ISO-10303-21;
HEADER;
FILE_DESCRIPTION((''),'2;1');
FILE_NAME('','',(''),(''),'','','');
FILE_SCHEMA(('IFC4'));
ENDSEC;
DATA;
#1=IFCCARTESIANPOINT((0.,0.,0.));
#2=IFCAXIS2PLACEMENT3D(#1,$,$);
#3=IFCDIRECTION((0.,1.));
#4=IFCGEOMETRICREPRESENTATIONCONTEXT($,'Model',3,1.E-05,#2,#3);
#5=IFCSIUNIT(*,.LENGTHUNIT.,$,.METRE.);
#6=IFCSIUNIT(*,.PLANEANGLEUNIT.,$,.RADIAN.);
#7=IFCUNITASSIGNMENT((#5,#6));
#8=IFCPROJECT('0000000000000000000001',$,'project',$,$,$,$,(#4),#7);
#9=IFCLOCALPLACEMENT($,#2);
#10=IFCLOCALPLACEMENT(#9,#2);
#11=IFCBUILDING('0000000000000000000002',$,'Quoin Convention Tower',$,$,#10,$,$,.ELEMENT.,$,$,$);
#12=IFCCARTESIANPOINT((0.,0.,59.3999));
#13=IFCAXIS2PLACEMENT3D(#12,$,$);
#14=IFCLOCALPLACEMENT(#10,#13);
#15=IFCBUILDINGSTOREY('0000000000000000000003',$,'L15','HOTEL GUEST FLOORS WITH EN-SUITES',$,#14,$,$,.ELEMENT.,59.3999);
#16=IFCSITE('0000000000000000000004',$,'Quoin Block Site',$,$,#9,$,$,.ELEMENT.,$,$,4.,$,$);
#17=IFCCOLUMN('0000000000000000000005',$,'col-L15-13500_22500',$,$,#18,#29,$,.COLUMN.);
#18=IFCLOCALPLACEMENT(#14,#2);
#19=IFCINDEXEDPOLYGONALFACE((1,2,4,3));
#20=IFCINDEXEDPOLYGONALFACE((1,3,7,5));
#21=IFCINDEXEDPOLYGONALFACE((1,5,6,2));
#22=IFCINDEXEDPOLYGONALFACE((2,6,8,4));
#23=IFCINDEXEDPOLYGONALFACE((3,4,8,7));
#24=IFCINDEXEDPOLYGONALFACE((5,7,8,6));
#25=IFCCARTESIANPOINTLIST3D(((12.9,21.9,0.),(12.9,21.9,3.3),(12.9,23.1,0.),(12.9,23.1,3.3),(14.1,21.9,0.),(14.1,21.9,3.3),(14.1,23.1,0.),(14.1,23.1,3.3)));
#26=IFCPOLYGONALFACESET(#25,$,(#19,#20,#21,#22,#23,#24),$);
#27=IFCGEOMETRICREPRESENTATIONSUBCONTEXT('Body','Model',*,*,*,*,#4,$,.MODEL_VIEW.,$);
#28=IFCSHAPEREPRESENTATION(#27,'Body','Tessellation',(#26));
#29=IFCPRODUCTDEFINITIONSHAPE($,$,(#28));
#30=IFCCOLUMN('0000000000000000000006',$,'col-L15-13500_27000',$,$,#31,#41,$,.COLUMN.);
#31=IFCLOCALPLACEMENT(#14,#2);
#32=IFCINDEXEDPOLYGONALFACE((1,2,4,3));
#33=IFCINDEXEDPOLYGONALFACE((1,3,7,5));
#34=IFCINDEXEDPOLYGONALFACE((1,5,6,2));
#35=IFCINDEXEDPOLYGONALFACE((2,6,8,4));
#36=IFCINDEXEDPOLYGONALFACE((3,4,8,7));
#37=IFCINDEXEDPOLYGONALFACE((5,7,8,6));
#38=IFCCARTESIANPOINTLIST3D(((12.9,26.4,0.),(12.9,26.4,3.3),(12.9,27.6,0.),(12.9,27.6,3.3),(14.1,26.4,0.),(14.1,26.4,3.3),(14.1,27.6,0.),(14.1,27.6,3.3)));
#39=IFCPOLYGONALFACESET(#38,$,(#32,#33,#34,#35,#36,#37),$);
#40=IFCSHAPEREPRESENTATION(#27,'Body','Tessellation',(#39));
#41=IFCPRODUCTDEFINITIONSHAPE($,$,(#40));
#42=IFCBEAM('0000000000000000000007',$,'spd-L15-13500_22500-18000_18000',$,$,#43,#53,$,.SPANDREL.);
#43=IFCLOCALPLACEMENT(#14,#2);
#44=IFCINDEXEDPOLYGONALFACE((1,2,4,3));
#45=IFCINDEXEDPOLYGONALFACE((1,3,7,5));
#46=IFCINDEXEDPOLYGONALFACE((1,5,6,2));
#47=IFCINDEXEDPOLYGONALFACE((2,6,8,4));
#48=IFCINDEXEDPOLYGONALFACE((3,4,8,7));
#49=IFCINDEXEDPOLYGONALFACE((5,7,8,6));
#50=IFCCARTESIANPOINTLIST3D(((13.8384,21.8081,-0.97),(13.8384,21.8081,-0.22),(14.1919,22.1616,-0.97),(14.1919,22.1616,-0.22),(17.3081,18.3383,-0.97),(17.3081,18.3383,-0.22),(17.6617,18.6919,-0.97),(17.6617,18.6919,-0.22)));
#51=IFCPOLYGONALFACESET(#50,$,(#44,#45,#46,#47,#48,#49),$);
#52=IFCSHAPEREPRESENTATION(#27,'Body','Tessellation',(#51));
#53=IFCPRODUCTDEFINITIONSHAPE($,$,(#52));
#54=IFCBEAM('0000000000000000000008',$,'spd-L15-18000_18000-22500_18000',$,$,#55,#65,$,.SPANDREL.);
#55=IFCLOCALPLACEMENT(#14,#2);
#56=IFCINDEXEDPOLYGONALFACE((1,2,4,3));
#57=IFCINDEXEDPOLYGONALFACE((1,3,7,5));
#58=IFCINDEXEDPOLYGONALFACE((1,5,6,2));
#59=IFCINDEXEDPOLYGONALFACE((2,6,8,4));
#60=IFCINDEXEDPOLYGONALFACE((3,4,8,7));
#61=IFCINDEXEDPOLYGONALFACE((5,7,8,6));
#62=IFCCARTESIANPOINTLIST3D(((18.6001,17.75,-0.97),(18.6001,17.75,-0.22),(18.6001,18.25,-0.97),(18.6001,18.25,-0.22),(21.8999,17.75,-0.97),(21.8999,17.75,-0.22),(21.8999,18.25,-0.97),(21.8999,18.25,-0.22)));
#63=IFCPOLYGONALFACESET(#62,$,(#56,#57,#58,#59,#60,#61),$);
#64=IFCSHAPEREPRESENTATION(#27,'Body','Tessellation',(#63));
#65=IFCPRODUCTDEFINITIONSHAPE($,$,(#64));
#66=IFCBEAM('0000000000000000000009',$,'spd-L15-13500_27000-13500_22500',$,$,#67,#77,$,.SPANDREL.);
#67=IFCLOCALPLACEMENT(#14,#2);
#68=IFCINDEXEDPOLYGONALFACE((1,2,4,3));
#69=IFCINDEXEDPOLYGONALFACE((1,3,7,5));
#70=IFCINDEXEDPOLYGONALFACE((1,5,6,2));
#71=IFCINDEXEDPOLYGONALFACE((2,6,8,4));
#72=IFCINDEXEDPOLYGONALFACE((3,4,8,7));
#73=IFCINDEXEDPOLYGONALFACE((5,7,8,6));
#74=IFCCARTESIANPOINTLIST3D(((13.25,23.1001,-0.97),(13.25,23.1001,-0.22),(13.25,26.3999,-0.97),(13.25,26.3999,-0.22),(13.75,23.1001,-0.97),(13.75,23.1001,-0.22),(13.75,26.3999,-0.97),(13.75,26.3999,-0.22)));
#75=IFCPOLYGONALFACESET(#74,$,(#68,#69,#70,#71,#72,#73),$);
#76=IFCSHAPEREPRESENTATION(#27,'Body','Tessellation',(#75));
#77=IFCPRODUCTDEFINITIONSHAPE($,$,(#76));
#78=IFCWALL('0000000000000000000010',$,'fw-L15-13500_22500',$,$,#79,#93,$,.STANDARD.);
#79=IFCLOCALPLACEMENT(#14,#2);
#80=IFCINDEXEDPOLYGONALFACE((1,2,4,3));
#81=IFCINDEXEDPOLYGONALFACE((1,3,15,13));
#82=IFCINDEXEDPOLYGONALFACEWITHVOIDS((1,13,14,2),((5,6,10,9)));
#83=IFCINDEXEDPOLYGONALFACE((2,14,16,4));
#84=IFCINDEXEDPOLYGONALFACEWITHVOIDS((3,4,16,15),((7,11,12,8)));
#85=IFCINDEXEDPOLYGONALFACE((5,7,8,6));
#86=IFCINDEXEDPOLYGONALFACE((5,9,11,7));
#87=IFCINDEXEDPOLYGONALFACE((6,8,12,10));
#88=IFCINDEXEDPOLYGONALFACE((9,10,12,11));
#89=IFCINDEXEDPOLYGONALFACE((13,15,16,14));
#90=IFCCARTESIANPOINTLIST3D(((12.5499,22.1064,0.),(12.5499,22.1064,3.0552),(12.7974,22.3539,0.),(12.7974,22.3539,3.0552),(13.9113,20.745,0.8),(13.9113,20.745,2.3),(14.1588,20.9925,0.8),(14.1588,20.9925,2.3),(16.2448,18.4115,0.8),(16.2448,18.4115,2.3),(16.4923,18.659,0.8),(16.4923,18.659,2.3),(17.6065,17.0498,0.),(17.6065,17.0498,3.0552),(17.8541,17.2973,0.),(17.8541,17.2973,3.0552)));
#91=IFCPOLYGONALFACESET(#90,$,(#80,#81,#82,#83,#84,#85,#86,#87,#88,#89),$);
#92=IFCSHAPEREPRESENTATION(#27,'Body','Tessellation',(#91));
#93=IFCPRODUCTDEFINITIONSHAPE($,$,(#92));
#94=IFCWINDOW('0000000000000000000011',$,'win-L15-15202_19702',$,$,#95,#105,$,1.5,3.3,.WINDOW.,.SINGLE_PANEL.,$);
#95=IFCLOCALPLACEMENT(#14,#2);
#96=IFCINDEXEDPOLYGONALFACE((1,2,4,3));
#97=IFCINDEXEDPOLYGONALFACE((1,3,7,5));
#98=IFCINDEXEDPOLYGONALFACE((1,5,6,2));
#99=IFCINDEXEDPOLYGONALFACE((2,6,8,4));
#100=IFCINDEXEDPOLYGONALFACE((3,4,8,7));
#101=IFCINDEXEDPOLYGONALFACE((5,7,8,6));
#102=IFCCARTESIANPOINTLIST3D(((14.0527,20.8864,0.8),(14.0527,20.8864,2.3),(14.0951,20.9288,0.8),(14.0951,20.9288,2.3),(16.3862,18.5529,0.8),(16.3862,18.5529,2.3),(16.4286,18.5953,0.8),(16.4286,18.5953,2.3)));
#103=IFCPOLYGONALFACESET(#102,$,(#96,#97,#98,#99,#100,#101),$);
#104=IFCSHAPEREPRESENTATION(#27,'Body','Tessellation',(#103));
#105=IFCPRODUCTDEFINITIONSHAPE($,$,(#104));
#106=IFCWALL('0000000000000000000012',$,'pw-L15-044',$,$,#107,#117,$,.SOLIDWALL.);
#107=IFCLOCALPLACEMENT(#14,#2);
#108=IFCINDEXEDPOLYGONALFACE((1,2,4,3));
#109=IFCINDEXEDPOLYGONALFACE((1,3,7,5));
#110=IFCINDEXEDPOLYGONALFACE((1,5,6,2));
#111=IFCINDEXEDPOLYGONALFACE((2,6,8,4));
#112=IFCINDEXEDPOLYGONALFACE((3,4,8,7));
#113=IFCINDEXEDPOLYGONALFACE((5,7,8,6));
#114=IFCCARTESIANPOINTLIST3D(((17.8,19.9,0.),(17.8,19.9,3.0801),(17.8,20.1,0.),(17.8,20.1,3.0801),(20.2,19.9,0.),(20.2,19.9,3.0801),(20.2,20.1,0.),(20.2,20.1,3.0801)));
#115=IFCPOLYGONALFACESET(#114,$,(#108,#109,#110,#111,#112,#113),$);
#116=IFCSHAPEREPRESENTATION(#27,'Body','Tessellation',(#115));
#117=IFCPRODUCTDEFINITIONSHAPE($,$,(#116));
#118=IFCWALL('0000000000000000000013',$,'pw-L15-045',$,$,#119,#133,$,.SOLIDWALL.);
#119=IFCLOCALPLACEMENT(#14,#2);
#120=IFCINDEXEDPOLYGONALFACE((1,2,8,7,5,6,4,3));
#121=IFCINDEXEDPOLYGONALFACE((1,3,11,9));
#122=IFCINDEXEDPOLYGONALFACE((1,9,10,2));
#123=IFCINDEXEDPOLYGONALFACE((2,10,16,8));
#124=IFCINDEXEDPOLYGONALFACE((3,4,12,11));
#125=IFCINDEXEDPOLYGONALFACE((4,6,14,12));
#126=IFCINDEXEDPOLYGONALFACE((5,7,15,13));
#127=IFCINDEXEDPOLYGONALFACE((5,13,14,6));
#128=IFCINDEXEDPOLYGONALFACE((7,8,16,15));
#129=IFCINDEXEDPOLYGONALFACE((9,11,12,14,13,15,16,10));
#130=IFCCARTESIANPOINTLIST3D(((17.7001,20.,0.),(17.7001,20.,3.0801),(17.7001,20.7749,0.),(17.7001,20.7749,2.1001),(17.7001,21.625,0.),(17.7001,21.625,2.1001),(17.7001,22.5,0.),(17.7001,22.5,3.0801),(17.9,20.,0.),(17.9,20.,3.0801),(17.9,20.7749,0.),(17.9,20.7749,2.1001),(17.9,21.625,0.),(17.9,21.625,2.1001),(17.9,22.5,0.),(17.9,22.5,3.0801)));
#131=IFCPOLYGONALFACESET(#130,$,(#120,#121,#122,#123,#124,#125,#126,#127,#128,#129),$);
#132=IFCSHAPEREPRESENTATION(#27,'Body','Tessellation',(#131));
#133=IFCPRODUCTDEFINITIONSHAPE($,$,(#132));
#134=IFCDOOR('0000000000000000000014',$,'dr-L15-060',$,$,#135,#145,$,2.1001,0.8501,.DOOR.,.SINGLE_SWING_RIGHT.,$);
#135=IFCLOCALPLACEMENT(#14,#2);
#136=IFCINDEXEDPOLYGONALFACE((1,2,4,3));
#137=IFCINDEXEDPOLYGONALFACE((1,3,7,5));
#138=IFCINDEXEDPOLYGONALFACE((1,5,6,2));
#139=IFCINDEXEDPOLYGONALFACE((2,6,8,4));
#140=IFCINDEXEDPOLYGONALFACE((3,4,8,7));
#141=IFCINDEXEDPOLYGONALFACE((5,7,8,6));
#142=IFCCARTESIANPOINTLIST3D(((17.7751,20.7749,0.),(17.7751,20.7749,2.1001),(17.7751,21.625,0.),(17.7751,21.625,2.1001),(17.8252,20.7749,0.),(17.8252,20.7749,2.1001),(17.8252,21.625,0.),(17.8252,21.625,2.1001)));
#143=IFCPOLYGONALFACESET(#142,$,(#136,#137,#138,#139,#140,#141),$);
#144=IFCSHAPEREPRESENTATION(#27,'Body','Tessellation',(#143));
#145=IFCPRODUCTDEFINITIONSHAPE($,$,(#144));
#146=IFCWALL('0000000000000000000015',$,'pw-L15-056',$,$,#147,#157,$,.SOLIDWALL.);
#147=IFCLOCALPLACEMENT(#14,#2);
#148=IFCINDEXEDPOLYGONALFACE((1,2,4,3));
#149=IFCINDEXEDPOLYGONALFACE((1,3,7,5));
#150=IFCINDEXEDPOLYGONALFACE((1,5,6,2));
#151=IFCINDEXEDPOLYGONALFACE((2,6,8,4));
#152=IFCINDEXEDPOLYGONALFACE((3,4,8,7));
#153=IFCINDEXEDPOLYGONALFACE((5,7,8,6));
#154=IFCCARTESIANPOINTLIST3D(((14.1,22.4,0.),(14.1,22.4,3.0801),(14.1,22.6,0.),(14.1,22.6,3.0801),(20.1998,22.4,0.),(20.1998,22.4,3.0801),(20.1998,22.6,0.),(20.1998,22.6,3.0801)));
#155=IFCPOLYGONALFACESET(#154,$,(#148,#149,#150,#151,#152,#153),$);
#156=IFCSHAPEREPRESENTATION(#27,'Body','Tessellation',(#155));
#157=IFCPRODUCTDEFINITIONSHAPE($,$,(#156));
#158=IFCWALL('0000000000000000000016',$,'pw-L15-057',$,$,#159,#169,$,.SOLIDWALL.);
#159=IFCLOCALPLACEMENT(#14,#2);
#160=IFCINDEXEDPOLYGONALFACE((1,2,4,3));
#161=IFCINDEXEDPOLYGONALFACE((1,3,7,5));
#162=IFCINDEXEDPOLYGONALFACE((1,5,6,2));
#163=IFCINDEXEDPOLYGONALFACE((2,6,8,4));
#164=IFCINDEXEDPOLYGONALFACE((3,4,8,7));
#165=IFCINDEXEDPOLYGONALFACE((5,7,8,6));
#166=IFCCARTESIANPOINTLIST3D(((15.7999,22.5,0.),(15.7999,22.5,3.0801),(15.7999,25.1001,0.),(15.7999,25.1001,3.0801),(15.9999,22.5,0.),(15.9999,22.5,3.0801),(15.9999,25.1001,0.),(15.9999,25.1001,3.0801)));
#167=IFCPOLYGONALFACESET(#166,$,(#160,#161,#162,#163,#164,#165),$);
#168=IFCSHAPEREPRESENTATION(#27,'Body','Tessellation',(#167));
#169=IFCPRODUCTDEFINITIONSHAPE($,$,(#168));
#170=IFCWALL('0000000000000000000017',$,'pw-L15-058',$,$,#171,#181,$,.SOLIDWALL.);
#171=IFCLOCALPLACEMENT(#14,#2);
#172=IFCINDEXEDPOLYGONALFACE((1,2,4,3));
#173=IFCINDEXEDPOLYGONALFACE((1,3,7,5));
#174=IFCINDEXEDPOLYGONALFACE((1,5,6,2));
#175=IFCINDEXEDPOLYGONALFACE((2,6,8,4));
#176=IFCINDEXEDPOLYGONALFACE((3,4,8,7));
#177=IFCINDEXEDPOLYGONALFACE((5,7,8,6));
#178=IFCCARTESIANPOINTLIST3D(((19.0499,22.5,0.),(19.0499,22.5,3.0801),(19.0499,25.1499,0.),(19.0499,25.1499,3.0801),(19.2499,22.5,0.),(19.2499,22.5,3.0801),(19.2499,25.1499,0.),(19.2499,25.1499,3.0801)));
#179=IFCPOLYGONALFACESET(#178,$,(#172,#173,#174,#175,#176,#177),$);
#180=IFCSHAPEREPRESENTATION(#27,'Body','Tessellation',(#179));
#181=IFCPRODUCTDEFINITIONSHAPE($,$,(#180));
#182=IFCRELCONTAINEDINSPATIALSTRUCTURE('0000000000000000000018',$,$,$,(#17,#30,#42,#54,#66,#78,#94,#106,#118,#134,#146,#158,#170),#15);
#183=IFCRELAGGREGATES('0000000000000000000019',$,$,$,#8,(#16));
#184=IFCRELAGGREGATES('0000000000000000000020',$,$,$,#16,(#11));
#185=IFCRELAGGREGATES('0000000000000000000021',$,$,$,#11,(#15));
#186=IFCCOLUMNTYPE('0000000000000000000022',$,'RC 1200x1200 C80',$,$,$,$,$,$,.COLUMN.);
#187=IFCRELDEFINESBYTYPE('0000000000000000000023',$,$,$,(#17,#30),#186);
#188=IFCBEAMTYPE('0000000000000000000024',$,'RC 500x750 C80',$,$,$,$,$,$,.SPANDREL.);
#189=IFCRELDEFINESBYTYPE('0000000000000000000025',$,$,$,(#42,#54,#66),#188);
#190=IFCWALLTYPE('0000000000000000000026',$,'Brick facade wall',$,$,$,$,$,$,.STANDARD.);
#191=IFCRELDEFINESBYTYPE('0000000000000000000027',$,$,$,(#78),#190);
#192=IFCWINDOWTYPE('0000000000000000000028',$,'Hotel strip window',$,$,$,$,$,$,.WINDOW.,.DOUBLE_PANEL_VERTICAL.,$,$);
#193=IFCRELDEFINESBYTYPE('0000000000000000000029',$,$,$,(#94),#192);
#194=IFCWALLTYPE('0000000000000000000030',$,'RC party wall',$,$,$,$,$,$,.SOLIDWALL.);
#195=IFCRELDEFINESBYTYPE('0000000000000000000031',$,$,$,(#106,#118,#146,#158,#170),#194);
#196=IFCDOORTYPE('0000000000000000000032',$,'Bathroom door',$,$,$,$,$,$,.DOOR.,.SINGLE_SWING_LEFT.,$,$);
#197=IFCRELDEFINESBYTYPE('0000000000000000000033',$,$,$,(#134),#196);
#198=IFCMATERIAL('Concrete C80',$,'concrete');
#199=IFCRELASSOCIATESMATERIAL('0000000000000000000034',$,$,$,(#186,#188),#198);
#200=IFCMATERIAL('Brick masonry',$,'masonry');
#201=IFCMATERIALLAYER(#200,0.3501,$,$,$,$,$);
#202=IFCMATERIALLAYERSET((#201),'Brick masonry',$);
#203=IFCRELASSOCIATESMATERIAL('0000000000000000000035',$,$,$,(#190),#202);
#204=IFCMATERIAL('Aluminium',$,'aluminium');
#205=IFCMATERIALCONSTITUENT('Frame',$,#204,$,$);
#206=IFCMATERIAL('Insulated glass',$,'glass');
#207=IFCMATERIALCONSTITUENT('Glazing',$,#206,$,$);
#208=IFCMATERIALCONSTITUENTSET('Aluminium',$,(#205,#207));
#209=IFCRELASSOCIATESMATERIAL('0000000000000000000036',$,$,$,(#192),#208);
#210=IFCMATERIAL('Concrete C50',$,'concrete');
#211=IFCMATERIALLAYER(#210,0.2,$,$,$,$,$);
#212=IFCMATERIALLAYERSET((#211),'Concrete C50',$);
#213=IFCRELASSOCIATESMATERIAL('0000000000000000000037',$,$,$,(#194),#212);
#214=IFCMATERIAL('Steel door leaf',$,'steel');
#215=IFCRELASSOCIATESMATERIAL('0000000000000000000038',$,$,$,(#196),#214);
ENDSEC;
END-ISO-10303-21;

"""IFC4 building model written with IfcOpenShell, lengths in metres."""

from ifc_helpers import new_model, si_unit, direction, frame, frame_2d, origin, origin_2d, place, context, subcontext, project, spatial, rectangle, extrude, material, layer, layer_set, constituent, constituent_set, material_profile, profile_set, type_object, element, fill, save


model = new_model("IFC4")

# Units and contexts
model_context = context("Model", 3, precision=1e-05, world=origin(), true_north=direction((0.0, 1.0)))
body_context = subcontext(model_context, "Body", "Model", "MODEL_VIEW")
ifc_project = project(units=[si_unit("LENGTHUNIT", "METRE"), si_unit("PLANEANGLEUNIT", "RADIAN")], contexts=[model_context])

# Site, building, storey
site_placement = place(None, origin())
site = spatial("IfcSite", under=ifc_project, at=site_placement, Name="Quoin Block Site", CompositionType="ELEMENT", RefElevation=4.0)
building_placement = place(site_placement, origin())
building = spatial("IfcBuilding", under=site, at=building_placement, Name="Quoin Convention Tower", CompositionType="ELEMENT")
storey_placement = place(building_placement, frame((0.0, 0.0, 59.3999)))
storey = spatial("IfcBuildingStorey", under=building, at=storey_placement, Name="L15", Description="HOTEL GUEST FLOORS WITH EN-SUITES", CompositionType="ELEMENT", Elevation=59.3999)

# Columns
ifc_material_1 = material(Name="Concrete C80", Category="concrete")
ifc_material_profile_1 = material_profile(ifc_material_1, rectangle(XDim=1.2, YDim=1.2, at=origin_2d()), Name="RC 1200x1200")
ifc_profile_set_1 = profile_set([ifc_material_profile_1], Name="Concrete C80")
column_type = type_object("IfcColumnType", Name="RC 1200x1200 C80", PredefinedType="COLUMN", material=ifc_profile_set_1)
for number, where, z_axis, x_axis, name in (
    (1, (13.5, 22.5, 0.0), (0.0, 0.0, 1.0), (1.0, 0.0, 0.0), "col-L15-13500_22500"),
    (2, (13.5, 27.0, 0.0), (0.0, 0.0, 1.0), (1.0, 0.0, 0.0), "col-L15-13500_27000"),
):
    element("IfcColumn", number, at=place(storey_placement, frame(where, z_axis=z_axis, x_axis=x_axis)), inside=storey, type_object=column_type, Name=name, PredefinedType="COLUMN", context=body_context, shape_type="SweptSolid", body=[
        extrude(rectangle(XDim=1.2, YDim=1.2, at=origin_2d()), origin(), (0.0, 0.0, 1.0), 3.3),
    ])

# Beams
ifc_material_profile_2 = material_profile(ifc_material_1, rectangle(XDim=0.5, YDim=0.75, at=origin_2d()), Name="RC 500x750")
ifc_profile_set_2 = profile_set([ifc_material_profile_2], Name="Concrete C80")
beam_type = type_object("IfcBeamType", Name="RC 500x750 C80", PredefinedType="SPANDREL", material=ifc_profile_set_2)
beam_placement = place(storey_placement, frame((14.0151, 21.9849, -0.595), z_axis=(0.707107, -0.707107, 0.0), x_axis=(0.707107, 0.707107, 0.0)))
element("IfcBeam", 3, at=beam_placement, inside=storey, type_object=beam_type, Name="spd-L15-13500_22500-18000_18000", PredefinedType="SPANDREL", context=body_context, shape_type="SweptSolid", body=[
    extrude(rectangle(XDim=0.5, YDim=0.75, at=origin_2d()), origin(), (0.0, 0.0, 1.0), 4.907),
])
for number, where, z_axis, x_axis, name in (
    (4, (18.6001, 18.0, -0.595), (1.0, 0.0, 0.0), (0.0, 1.0, 0.0), "spd-L15-18000_18000-22500_18000"),
    (5, (13.5, 26.3999, -0.595), (0.0, -1.0, 0.0), (1.0, 0.0, 0.0), "spd-L15-13500_27000-13500_22500"),
):
    element("IfcBeam", number, at=place(storey_placement, frame(where, z_axis=z_axis, x_axis=x_axis)), inside=storey, type_object=beam_type, Name=name, PredefinedType="SPANDREL", context=body_context, shape_type="SweptSolid", body=[
        extrude(rectangle(XDim=0.5, YDim=0.75, at=origin_2d()), origin(), (0.0, 0.0, 1.0), 3.2998),
    ])

# Wall, opening, window
ifc_material_2 = material(Name="Brick masonry", Category="masonry")
ifc_layer_1 = layer(ifc_material_2, 0.3501)
ifc_layer_set_1 = layer_set([ifc_layer_1], Name="Brick masonry")
wall_type_1 = type_object("IfcWallType", Name="Brick facade wall", PredefinedType="STANDARD", material=ifc_layer_set_1)
wall_1_placement = place(storey_placement, frame((12.6736, 22.2302, 0.0), z_axis=(0.0, 0.0, 1.0), x_axis=(0.707107, -0.707107, 0.0)))
wall_1 = element("IfcWall", 6, at=wall_1_placement, inside=storey, type_object=wall_type_1, Name="fw-L15-13500_22500", PredefinedType="STANDARD", context=body_context, shape_type="SweptSolid", body=[
    extrude(rectangle(XDim=7.1511, YDim=0.3501, at=frame_2d((3.5757, 0.0))), origin(), (0.0, 0.0, 1.0), 3.0552),
])
opening_1_placement = place(wall_1_placement, frame((1.9255, 0.0, 0.8)))
opening_1 = element("IfcOpeningElement", 7, at=opening_1_placement, cuts=wall_1, PredefinedType="OPENING", context=body_context, shape_type="SweptSolid", body=[
    extrude(rectangle(XDim=3.3, YDim=1.5, at=frame_2d((1.6499, 0.75))), frame((0.0, 0.1851, 0.0), z_axis=(0.0, -1.0, 0.0), x_axis=(1.0, 0.0, 0.0)), (0.0, 0.0, 1.0), 0.3701),
])
ifc_material_3 = material(Name="Aluminium", Category="aluminium")
ifc_constituent_1 = constituent(ifc_material_3, Name="Frame")
ifc_material_4 = material(Name="Insulated glass", Category="glass")
ifc_constituent_2 = constituent(ifc_material_4, Name="Glazing")
ifc_constituent_set = constituent_set(constituents=[ifc_constituent_1, ifc_constituent_2], Name="Aluminium")
window_type = type_object("IfcWindowType", Name="Hotel strip window", PartitioningType="DOUBLE_PANEL_VERTICAL", PredefinedType="WINDOW", material=ifc_constituent_set)
window_placement = place(opening_1_placement, origin())
window = element("IfcWindow", 8, at=window_placement, inside=storey, type_object=window_type, Name="win-L15-15202_19702", OverallHeight=1.5, OverallWidth=3.3, PartitioningType="SINGLE_PANEL", PredefinedType="WINDOW", context=body_context, shape_type="SweptSolid", body=[
    extrude(rectangle(XDim=3.3, YDim=1.5, at=frame_2d((1.6499, 0.75))), frame((0.0, 0.085, 0.0), z_axis=(0.0, -1.0, 0.0), x_axis=(1.0, 0.0, 0.0)), (0.0, 0.0, 1.0), 0.0601),
])
fill(opening_1, window)

# Wall
ifc_material_5 = material(Name="Concrete C50", Category="concrete")
ifc_layer_2 = layer(ifc_material_5, 0.2)
ifc_layer_set_2 = layer_set([ifc_layer_2], Name="Concrete C50")
wall_type_2 = type_object("IfcWallType", Name="RC party wall", PredefinedType="SOLIDWALL", material=ifc_layer_set_2)
wall_2_placement = place(storey_placement, frame((17.8, 20.0, 0.0), z_axis=(0.0, 0.0, 1.0), x_axis=(1.0, 0.0, 0.0)))
element("IfcWall", 9, at=wall_2_placement, inside=storey, type_object=wall_type_2, Name="pw-L15-044", PredefinedType="SOLIDWALL", context=body_context, shape_type="SweptSolid", body=[
    extrude(rectangle(XDim=2.3999, YDim=0.2, at=frame_2d((1.2, 0.0))), origin(), (0.0, 0.0, 1.0), 3.0801),
])

# Wall, opening, door
wall_3_placement = place(storey_placement, frame((17.8, 20.0, 0.0), z_axis=(0.0, 0.0, 1.0), x_axis=(0.0, 1.0, 0.0)))
wall_3 = element("IfcWall", 10, at=wall_3_placement, inside=storey, type_object=wall_type_2, Name="pw-L15-045", PredefinedType="SOLIDWALL", context=body_context, shape_type="SweptSolid", body=[
    extrude(rectangle(XDim=2.5, YDim=0.2, at=frame_2d((1.25, 0.0))), origin(), (0.0, 0.0, 1.0), 3.0801),
])
opening_2_placement = place(wall_3_placement, frame((0.7749, 0.0, 0.0)))
opening_2 = element("IfcOpeningElement", 11, at=opening_2_placement, cuts=wall_3, PredefinedType="OPENING", context=body_context, shape_type="SweptSolid", body=[
    extrude(rectangle(XDim=0.8501, YDim=2.1001, at=frame_2d((0.425, 1.05))), frame((0.0, 0.1099, 0.0), z_axis=(0.0, -1.0, 0.0), x_axis=(1.0, 0.0, 0.0)), (0.0, 0.0, 1.0), 0.22),
])
ifc_material_6 = material(Name="Steel door leaf", Category="steel")
door_type_1 = type_object("IfcDoorType", Name="Bathroom door", OperationType="SINGLE_SWING_LEFT", PredefinedType="DOOR", material=ifc_material_6)
door_1_placement = place(opening_2_placement, origin())
door_1 = element("IfcDoor", 12, at=door_1_placement, inside=storey, type_object=door_type_1, Name="dr-L15-060", OperationType="SINGLE_SWING_RIGHT", OverallHeight=2.1001, OverallWidth=0.8501, PredefinedType="DOOR", context=body_context, shape_type="SweptSolid", body=[
    extrude(rectangle(XDim=0.8501, YDim=2.1001, at=frame_2d((0.425, 1.05))), frame((0.0, 0.0249, 0.0), z_axis=(0.0, -1.0, 0.0), x_axis=(1.0, 0.0, 0.0)), (0.0, 0.0, 1.0), 0.05),
])
fill(opening_2, door_1)

# Walls
wall_4_placement = place(storey_placement, frame((14.1001, 22.5, 0.0), z_axis=(0.0, 0.0, 1.0), x_axis=(1.0, 0.0, 0.0)))
element("IfcWall", 13, at=wall_4_placement, inside=storey, type_object=wall_type_2, Name="pw-L15-056", PredefinedType="SOLIDWALL", context=body_context, shape_type="SweptSolid", body=[
    extrude(rectangle(XDim=6.0999, YDim=0.2, at=frame_2d((3.0498, 0.0))), origin(), (0.0, 0.0, 1.0), 3.0801),
])
wall_5_placement = place(storey_placement, frame((15.8999, 22.5, 0.0), z_axis=(0.0, 0.0, 1.0), x_axis=(0.0, 1.0, 0.0)))
element("IfcWall", 14, at=wall_5_placement, inside=storey, type_object=wall_type_2, Name="pw-L15-057", PredefinedType="SOLIDWALL", context=body_context, shape_type="SweptSolid", body=[
    extrude(rectangle(XDim=2.6001, YDim=0.2, at=frame_2d((1.3, 0.0))), origin(), (0.0, 0.0, 1.0), 3.0801),
])
wall_6_placement = place(storey_placement, frame((19.1499, 22.5, 0.0), z_axis=(0.0, 0.0, 1.0), x_axis=(0.0, 1.0, 0.0)))
element("IfcWall", 15, at=wall_6_placement, inside=storey, type_object=wall_type_2, Name="pw-L15-058", PredefinedType="SOLIDWALL", context=body_context, shape_type="SweptSolid", body=[
    extrude(rectangle(XDim=2.6499, YDim=0.2, at=frame_2d((1.325, 0.0))), origin(), (0.0, 0.0, 1.0), 3.0801),
])

save(model, "model.ifc")
